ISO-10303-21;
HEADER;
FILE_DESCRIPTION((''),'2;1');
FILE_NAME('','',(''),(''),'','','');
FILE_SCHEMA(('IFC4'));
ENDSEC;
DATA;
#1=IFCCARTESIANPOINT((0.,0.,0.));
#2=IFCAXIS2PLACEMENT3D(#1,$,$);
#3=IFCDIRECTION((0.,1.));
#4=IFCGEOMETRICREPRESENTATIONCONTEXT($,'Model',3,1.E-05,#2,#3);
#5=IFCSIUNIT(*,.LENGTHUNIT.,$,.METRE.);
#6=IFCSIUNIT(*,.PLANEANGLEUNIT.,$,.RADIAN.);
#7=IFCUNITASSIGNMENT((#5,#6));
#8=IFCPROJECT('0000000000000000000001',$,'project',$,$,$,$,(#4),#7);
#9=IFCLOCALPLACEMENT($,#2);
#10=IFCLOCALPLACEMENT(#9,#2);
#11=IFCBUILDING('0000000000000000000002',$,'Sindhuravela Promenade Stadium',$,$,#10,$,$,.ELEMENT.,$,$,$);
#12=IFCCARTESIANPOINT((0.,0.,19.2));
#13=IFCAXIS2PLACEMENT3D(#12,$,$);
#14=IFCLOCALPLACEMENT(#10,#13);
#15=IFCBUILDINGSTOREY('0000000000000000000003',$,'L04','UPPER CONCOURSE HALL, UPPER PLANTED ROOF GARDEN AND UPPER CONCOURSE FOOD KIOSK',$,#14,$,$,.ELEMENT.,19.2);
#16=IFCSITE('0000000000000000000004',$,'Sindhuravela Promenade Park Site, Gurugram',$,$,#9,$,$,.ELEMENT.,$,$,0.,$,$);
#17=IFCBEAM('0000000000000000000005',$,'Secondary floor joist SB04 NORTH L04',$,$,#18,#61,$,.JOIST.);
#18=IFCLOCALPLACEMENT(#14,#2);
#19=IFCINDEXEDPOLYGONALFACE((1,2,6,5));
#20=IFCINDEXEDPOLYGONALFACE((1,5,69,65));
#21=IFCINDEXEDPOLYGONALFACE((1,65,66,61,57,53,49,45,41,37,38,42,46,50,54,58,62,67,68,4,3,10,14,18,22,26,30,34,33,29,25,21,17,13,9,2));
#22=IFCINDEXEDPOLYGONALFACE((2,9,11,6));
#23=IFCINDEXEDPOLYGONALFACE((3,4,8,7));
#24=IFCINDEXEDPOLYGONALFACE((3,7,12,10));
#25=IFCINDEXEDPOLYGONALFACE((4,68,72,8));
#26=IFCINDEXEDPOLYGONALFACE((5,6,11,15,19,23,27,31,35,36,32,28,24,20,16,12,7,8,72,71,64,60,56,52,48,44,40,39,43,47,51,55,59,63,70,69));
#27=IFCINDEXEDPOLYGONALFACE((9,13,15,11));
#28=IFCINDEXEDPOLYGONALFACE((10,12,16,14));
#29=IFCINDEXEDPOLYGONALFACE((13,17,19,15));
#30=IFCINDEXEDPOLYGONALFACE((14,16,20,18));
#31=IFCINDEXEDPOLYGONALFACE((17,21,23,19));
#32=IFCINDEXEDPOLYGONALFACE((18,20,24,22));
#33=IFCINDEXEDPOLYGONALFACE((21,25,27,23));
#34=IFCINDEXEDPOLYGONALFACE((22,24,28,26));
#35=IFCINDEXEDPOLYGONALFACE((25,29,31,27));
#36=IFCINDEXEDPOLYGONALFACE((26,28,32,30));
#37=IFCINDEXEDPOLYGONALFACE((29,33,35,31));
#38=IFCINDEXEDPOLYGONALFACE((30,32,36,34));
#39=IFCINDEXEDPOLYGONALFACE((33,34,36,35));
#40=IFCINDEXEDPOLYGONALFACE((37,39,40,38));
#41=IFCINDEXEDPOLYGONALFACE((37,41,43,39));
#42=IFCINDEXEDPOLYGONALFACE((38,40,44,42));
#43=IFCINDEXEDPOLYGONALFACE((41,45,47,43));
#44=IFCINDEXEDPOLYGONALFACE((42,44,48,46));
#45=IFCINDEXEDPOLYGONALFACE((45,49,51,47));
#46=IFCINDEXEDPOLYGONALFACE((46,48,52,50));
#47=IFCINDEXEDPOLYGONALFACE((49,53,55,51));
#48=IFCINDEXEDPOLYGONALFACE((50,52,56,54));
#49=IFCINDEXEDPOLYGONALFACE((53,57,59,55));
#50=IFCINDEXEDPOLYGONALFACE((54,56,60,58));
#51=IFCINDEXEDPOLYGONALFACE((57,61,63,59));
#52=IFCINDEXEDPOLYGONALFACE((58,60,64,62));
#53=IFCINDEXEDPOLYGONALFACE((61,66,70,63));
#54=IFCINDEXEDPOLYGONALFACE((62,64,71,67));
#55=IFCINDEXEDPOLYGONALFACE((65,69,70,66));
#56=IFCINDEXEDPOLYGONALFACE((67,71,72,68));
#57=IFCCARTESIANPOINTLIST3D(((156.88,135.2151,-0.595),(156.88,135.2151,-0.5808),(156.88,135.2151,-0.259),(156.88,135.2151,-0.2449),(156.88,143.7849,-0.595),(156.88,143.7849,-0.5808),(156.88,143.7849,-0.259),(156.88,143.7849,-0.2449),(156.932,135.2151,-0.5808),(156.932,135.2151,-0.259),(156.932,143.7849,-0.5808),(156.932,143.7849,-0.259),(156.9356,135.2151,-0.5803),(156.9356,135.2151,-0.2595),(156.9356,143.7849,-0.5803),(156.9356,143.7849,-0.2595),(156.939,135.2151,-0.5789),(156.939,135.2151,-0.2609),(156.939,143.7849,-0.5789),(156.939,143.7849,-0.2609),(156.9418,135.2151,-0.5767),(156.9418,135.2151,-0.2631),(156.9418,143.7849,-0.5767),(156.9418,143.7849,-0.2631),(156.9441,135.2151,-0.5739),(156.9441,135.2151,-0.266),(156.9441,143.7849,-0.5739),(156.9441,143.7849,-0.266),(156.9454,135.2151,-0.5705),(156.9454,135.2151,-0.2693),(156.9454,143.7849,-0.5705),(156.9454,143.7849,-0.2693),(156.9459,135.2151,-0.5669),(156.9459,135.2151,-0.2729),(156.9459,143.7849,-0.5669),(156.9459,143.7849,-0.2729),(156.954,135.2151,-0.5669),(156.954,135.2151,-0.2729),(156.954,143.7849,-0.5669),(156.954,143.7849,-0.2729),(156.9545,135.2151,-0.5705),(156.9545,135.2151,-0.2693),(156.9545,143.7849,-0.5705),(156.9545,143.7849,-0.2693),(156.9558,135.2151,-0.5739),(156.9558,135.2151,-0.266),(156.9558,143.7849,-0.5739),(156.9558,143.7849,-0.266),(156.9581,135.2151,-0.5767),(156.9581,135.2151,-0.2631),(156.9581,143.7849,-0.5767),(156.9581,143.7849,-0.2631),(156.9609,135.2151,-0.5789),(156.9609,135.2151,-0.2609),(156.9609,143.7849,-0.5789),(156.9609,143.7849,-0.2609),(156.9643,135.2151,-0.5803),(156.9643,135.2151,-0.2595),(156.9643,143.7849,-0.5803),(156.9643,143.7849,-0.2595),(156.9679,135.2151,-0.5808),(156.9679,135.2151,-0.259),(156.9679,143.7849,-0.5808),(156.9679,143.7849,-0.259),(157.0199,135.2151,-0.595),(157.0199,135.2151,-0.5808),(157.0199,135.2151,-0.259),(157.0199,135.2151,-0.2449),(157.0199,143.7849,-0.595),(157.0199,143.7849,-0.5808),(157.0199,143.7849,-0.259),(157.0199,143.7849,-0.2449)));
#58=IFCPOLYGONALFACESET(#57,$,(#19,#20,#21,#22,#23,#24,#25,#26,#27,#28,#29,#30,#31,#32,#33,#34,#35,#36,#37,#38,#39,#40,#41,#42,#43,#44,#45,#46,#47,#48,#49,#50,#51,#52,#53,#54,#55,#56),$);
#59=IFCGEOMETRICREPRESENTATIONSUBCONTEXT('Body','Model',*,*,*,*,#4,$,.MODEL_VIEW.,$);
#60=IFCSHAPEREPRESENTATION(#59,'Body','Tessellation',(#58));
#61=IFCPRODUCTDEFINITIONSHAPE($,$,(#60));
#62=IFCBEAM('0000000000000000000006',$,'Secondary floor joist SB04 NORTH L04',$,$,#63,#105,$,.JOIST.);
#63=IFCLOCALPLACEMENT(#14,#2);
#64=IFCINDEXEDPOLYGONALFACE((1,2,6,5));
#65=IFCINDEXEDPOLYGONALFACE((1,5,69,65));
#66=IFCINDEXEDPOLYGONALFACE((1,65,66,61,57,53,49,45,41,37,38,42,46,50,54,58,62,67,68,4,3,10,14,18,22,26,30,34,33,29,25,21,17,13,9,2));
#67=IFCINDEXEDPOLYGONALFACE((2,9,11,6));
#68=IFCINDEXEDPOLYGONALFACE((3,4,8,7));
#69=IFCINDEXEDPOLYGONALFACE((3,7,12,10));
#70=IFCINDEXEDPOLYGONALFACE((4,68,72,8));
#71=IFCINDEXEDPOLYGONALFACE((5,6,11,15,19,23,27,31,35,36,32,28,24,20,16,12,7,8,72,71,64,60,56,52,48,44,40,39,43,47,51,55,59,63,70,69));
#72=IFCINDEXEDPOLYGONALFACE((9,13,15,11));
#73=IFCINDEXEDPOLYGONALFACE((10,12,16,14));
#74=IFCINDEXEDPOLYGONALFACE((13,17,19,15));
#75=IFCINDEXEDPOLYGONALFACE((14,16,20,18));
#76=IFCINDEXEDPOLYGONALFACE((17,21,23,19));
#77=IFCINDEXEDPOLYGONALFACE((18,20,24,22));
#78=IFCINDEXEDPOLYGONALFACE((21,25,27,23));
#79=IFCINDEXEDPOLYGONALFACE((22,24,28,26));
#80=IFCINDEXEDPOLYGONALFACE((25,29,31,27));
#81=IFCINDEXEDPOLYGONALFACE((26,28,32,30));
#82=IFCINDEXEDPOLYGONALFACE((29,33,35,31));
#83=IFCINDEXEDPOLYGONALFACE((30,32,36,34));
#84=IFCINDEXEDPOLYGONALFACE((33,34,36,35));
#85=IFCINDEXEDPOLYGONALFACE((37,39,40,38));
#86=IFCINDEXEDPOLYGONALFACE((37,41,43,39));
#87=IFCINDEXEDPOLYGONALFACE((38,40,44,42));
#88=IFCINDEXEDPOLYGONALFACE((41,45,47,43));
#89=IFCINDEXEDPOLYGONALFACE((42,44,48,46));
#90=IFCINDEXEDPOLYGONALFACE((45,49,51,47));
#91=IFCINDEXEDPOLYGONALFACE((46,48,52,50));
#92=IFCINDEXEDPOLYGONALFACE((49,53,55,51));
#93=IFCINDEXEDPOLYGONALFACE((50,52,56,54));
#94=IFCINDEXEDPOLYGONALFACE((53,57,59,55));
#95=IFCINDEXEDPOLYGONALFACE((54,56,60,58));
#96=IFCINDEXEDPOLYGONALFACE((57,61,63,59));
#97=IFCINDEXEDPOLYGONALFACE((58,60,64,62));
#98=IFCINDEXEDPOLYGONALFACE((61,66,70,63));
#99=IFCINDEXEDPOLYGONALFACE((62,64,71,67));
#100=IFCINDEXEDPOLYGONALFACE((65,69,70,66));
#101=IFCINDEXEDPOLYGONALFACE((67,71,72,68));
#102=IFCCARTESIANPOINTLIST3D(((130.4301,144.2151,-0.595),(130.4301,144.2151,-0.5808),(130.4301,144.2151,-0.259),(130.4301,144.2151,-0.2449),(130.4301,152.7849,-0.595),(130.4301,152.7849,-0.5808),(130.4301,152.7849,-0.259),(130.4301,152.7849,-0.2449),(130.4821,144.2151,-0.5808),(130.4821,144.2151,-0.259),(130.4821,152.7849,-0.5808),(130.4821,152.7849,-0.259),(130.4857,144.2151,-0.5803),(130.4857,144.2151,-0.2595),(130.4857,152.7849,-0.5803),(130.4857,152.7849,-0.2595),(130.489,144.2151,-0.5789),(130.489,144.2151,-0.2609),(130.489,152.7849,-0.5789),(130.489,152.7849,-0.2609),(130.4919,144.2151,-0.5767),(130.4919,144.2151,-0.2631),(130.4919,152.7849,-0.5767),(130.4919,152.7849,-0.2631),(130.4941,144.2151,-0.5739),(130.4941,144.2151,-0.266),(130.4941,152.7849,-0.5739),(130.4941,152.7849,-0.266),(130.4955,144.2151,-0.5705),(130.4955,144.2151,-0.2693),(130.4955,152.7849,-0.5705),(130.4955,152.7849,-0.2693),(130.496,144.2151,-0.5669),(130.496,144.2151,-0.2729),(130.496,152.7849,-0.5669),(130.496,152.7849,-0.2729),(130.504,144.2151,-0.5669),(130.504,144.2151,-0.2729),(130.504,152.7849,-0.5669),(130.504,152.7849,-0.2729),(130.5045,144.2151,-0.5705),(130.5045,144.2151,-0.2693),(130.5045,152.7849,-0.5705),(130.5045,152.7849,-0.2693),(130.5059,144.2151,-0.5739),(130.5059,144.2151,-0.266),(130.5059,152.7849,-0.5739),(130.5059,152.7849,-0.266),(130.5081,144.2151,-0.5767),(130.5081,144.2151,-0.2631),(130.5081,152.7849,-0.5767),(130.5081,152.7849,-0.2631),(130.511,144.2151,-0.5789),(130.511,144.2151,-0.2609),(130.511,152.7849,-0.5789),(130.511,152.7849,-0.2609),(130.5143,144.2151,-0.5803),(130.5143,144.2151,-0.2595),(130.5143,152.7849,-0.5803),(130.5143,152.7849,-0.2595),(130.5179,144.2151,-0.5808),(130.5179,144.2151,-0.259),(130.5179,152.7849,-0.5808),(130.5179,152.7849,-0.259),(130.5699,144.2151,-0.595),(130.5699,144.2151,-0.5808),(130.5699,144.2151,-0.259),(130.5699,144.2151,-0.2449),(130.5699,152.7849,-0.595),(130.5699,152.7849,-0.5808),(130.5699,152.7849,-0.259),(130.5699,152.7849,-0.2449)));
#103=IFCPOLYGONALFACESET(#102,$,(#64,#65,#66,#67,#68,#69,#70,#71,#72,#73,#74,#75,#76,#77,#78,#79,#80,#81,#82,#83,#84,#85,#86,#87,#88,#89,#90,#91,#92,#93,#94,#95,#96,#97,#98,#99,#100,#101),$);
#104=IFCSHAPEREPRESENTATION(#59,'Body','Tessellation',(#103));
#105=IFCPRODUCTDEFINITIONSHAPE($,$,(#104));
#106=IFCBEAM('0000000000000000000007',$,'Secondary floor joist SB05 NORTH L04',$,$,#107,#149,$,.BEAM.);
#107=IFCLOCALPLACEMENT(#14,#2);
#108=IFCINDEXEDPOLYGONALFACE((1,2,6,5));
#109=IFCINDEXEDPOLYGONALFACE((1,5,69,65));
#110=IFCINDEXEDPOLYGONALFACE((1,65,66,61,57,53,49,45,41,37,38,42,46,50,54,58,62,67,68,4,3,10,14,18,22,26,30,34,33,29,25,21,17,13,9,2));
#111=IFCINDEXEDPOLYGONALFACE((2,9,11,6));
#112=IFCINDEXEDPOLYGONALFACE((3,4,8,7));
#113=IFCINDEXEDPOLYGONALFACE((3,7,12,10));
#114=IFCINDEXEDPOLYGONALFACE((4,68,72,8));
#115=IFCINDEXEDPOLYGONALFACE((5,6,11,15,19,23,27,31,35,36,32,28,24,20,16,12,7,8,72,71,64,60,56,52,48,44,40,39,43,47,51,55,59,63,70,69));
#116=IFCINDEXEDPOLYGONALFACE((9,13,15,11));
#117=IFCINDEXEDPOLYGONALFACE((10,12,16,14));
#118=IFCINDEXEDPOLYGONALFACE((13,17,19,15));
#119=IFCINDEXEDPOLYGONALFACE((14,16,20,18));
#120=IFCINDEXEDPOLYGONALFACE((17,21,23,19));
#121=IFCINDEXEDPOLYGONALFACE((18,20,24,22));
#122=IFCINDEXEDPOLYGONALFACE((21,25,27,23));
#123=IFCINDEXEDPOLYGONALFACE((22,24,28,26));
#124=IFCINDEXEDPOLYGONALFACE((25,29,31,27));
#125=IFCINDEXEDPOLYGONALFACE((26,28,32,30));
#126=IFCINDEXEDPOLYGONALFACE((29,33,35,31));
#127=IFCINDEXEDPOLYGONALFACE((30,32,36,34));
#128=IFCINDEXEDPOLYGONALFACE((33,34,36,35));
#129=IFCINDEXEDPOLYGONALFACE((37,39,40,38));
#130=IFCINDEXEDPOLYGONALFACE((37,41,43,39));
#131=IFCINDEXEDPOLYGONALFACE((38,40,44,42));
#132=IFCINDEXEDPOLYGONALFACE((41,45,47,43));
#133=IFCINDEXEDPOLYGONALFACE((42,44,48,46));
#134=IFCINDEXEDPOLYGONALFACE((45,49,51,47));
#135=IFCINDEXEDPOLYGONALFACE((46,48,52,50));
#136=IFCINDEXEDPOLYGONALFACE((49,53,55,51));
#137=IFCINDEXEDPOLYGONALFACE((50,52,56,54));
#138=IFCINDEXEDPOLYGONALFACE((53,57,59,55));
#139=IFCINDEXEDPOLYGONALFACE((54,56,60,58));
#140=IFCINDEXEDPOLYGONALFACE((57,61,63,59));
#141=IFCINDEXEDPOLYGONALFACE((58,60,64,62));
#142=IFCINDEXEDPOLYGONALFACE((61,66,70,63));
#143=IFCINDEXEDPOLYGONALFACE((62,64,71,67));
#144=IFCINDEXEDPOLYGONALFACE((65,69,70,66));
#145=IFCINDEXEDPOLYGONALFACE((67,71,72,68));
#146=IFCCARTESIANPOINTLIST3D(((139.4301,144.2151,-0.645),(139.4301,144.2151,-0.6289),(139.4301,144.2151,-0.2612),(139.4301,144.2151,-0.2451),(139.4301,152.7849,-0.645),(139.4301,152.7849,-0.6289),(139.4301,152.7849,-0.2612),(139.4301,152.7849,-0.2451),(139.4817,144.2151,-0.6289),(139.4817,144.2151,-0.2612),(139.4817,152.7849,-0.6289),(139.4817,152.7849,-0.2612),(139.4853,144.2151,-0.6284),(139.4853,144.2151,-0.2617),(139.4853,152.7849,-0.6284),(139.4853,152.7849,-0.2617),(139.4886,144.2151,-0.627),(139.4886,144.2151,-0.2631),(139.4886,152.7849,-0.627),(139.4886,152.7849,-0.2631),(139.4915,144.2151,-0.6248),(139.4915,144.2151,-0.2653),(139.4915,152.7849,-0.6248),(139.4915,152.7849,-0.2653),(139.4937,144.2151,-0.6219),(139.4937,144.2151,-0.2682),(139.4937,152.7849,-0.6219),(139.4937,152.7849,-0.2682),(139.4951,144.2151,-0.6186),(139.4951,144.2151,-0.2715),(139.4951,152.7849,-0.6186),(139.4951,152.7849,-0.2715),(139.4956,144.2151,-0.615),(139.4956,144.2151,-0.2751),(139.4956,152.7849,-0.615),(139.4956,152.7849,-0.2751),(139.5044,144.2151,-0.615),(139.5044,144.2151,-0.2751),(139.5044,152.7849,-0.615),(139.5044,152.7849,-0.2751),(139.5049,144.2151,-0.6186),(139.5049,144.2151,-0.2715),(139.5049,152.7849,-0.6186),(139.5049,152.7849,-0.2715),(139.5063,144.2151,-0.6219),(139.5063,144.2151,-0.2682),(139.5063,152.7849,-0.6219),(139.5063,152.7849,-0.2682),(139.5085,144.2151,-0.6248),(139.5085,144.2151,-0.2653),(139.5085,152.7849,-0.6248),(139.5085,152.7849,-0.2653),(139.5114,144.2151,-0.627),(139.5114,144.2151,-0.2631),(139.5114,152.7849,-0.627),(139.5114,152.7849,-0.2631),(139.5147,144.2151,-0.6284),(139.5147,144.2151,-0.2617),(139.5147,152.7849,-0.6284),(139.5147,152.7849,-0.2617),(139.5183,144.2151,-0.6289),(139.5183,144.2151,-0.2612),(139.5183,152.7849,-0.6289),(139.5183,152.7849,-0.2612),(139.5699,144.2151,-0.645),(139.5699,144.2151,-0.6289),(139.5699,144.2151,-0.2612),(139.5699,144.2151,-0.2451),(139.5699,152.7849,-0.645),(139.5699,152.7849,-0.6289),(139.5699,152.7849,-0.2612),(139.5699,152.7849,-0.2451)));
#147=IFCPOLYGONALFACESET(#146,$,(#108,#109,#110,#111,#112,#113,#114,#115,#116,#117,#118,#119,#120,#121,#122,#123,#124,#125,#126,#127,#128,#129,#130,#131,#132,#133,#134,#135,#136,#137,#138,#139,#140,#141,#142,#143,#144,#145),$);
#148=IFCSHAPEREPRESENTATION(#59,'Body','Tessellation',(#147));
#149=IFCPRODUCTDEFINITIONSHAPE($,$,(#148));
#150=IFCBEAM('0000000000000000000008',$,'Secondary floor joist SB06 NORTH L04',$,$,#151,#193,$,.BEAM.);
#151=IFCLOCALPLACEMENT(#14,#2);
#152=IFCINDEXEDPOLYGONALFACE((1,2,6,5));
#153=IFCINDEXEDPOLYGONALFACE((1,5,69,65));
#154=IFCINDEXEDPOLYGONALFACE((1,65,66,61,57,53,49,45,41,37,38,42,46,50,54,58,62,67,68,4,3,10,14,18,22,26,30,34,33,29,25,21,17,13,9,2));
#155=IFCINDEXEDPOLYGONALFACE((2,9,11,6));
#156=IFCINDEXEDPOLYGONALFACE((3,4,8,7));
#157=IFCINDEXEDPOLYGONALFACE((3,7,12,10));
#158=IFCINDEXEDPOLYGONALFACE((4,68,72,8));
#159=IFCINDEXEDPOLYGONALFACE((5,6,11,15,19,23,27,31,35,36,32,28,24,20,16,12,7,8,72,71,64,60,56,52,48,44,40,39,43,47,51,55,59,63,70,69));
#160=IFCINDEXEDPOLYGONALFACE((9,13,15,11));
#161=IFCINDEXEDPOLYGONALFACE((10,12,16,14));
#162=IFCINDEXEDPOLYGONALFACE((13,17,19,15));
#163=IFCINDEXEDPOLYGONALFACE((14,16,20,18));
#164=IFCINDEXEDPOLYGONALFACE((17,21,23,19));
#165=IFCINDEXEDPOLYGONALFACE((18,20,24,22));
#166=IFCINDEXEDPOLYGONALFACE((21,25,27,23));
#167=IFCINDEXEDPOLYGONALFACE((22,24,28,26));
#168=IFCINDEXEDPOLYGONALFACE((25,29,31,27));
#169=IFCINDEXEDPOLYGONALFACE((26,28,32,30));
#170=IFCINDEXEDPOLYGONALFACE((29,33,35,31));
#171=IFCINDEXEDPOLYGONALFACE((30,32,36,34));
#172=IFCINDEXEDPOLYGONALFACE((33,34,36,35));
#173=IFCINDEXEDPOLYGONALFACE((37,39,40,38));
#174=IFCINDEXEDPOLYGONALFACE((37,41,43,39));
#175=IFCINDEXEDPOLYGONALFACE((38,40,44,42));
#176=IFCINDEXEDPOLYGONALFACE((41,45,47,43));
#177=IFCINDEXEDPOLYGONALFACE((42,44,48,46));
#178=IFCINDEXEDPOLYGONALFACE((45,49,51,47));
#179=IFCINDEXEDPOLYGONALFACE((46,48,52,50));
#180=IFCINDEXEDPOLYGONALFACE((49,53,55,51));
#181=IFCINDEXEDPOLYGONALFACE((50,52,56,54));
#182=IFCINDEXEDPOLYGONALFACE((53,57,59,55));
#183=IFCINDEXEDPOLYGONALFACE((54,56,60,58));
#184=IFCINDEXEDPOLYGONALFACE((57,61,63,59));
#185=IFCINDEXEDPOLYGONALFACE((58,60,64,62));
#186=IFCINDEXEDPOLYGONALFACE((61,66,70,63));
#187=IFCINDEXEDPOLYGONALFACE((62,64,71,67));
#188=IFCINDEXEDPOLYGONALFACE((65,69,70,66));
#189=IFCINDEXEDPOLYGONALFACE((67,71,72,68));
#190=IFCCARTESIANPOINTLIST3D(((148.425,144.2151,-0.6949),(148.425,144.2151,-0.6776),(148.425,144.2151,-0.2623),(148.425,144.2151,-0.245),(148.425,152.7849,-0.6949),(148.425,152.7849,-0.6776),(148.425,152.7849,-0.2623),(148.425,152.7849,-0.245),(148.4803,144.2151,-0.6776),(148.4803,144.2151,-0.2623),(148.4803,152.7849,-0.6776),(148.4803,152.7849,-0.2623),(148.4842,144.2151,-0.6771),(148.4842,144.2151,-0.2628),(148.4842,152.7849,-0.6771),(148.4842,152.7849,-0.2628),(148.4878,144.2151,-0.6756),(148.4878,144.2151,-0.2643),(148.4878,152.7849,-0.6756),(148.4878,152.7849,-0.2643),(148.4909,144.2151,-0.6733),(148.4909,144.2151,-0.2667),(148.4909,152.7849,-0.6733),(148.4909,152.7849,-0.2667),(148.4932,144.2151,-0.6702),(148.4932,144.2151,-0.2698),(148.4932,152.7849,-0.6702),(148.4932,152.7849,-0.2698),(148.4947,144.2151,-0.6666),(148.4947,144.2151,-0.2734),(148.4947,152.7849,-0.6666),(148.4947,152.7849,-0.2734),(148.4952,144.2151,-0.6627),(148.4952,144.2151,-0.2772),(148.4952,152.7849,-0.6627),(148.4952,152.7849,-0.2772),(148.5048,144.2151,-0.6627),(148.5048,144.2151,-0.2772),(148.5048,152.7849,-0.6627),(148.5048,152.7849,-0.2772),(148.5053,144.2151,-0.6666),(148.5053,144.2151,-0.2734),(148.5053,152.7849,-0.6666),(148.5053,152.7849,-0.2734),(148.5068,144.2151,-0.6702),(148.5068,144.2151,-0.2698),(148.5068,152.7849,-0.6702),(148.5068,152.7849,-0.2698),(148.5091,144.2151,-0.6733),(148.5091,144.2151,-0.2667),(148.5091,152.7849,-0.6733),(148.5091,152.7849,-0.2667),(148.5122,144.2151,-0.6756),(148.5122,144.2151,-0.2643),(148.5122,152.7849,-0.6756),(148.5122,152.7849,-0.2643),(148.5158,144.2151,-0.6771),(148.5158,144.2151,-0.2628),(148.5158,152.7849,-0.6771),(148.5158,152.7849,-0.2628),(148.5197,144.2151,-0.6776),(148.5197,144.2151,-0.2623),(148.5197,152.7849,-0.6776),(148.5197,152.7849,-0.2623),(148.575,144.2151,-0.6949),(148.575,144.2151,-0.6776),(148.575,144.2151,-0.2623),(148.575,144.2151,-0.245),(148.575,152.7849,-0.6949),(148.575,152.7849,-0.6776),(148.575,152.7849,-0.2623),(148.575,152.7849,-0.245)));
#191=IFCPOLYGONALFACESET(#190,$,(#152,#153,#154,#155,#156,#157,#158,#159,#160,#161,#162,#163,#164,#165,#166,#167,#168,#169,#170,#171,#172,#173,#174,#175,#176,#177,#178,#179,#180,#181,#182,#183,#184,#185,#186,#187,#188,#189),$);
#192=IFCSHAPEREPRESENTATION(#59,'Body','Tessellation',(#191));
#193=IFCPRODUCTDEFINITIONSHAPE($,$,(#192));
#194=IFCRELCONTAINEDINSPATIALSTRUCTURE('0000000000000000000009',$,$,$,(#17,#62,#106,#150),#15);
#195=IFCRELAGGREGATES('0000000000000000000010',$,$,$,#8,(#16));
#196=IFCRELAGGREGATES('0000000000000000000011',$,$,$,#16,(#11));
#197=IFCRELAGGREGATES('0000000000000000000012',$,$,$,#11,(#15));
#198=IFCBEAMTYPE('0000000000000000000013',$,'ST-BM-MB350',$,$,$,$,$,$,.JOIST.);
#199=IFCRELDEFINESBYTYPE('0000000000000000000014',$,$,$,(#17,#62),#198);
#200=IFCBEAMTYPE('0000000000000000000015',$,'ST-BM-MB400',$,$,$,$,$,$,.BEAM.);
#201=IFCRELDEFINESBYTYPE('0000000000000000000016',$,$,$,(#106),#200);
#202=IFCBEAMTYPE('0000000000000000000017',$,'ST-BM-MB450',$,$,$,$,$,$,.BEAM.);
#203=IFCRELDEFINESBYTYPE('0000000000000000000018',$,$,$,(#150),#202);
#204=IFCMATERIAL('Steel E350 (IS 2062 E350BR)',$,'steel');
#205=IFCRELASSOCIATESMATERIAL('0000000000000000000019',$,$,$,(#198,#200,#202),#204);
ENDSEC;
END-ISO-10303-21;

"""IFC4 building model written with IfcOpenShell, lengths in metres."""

from ifc_helpers import new_model, si_unit, direction, frame, origin, origin_2d, place, context, subcontext, project, spatial, i_section, extrude, material, material_profile, profile_set, type_object, element, save


model = new_model("IFC4")

# Units and contexts
model_context = context("Model", 3, precision=1e-05, world=origin(), true_north=direction((0.0, 1.0)))
body_context = subcontext(model_context, "Body", "Model", "MODEL_VIEW")
ifc_project = project(units=[si_unit("LENGTHUNIT", "METRE"), si_unit("PLANEANGLEUNIT", "RADIAN")], contexts=[model_context])

# Site, building, storey
site_placement = place(None, origin())
site = spatial("IfcSite", under=ifc_project, at=site_placement, Name="Sindhuravela Promenade Park Site, Gurugram", CompositionType="ELEMENT", RefElevation=0.0)
building_placement = place(site_placement, origin())
building = spatial("IfcBuilding", under=site, at=building_placement, Name="Sindhuravela Promenade Stadium", CompositionType="ELEMENT")
storey_placement = place(building_placement, frame((0.0, 0.0, 19.2)))
storey = spatial("IfcBuildingStorey", under=building, at=storey_placement, Name="L04", Description="UPPER CONCOURSE HALL, UPPER PLANTED ROOF GARDEN AND UPPER CONCOURSE FOOD KIOSK", CompositionType="ELEMENT", Elevation=19.2)

# Shared definitions
ifc_material_1 = material(Name="Steel E350 (IS 2062 E350BR)", Category="steel")

# Beams
ifc_material_profile_1 = material_profile(ifc_material_1, i_section(OverallWidth=0.1399, OverallDepth=0.3501, WebThickness=0.0081, FlangeThickness=0.0142, FilletRadius=0.0139, at=origin_2d()), Name="ISMB 350")
ifc_profile_set_1 = profile_set([ifc_material_profile_1], Name="Steel E350 (IS 2062 E350BR)")
beam_type_1 = type_object("IfcBeamType", Name="ST-BM-MB350", PredefinedType="JOIST", material=ifc_profile_set_1)
for number, where, z_axis, x_axis, name in (
    (1, (156.95, 135.2151, -0.4199), (0.0, 1.0, 0.0), (-1.0, 0.0, 0.0), "Secondary floor joist SB04 NORTH L04"),
    (2, (130.5, 144.2151, -0.4199), (0.0, 1.0, 0.0), (-1.0, 0.0, 0.0), "Secondary floor joist SB04 NORTH L04"),
):
    element("IfcBeam", number, at=place(storey_placement, frame(where, z_axis=z_axis, x_axis=x_axis)), inside=storey, type_object=beam_type_1, Name=name, PredefinedType="JOIST", context=body_context, shape_type="SweptSolid", body=[
        extrude(i_section(OverallWidth=0.1399, OverallDepth=0.3501, WebThickness=0.0081, FlangeThickness=0.0142, FilletRadius=0.0139, at=origin_2d()), origin(), (0.0, 0.0, 1.0), 8.5698),
    ])
ifc_material_profile_2 = material_profile(ifc_material_1, i_section(OverallWidth=0.1399, OverallDepth=0.3999, WebThickness=0.0088, FlangeThickness=0.0161, FilletRadius=0.0139, at=origin_2d()), Name="ISMB 400")
ifc_profile_set_2 = profile_set([ifc_material_profile_2], Name="Steel E350 (IS 2062 E350BR)")
beam_type_2 = type_object("IfcBeamType", Name="ST-BM-MB400", PredefinedType="BEAM", material=ifc_profile_set_2)
beam_1_placement = place(storey_placement, frame((139.5, 144.2151, -0.4451), z_axis=(0.0, 1.0, 0.0), x_axis=(-1.0, 0.0, 0.0)))
element("IfcBeam", 3, at=beam_1_placement, inside=storey, type_object=beam_type_2, Name="Secondary floor joist SB05 NORTH L04", PredefinedType="BEAM", context=body_context, shape_type="SweptSolid", body=[
    extrude(i_section(OverallWidth=0.1399, OverallDepth=0.3999, WebThickness=0.0088, FlangeThickness=0.0161, FilletRadius=0.0139, at=origin_2d()), origin(), (0.0, 0.0, 1.0), 8.5698),
])
ifc_material_profile_3 = material_profile(ifc_material_1, i_section(OverallWidth=0.1499, OverallDepth=0.45, WebThickness=0.0095, FlangeThickness=0.0173, FilletRadius=0.0149, at=origin_2d()), Name="ISMB 450")
ifc_profile_set_3 = profile_set([ifc_material_profile_3], Name="Steel E350 (IS 2062 E350BR)")
beam_type_3 = type_object("IfcBeamType", Name="ST-BM-MB450", PredefinedType="BEAM", material=ifc_profile_set_3)
beam_2_placement = place(storey_placement, frame((148.5, 144.2151, -0.47), z_axis=(0.0, 1.0, 0.0), x_axis=(-1.0, 0.0, 0.0)))
element("IfcBeam", 4, at=beam_2_placement, inside=storey, type_object=beam_type_3, Name="Secondary floor joist SB06 NORTH L04", PredefinedType="BEAM", context=body_context, shape_type="SweptSolid", body=[
    extrude(i_section(OverallWidth=0.1499, OverallDepth=0.45, WebThickness=0.0095, FlangeThickness=0.0173, FilletRadius=0.0149, at=origin_2d()), origin(), (0.0, 0.0, 1.0), 8.5698),
])

save(model, "model.ifc")
